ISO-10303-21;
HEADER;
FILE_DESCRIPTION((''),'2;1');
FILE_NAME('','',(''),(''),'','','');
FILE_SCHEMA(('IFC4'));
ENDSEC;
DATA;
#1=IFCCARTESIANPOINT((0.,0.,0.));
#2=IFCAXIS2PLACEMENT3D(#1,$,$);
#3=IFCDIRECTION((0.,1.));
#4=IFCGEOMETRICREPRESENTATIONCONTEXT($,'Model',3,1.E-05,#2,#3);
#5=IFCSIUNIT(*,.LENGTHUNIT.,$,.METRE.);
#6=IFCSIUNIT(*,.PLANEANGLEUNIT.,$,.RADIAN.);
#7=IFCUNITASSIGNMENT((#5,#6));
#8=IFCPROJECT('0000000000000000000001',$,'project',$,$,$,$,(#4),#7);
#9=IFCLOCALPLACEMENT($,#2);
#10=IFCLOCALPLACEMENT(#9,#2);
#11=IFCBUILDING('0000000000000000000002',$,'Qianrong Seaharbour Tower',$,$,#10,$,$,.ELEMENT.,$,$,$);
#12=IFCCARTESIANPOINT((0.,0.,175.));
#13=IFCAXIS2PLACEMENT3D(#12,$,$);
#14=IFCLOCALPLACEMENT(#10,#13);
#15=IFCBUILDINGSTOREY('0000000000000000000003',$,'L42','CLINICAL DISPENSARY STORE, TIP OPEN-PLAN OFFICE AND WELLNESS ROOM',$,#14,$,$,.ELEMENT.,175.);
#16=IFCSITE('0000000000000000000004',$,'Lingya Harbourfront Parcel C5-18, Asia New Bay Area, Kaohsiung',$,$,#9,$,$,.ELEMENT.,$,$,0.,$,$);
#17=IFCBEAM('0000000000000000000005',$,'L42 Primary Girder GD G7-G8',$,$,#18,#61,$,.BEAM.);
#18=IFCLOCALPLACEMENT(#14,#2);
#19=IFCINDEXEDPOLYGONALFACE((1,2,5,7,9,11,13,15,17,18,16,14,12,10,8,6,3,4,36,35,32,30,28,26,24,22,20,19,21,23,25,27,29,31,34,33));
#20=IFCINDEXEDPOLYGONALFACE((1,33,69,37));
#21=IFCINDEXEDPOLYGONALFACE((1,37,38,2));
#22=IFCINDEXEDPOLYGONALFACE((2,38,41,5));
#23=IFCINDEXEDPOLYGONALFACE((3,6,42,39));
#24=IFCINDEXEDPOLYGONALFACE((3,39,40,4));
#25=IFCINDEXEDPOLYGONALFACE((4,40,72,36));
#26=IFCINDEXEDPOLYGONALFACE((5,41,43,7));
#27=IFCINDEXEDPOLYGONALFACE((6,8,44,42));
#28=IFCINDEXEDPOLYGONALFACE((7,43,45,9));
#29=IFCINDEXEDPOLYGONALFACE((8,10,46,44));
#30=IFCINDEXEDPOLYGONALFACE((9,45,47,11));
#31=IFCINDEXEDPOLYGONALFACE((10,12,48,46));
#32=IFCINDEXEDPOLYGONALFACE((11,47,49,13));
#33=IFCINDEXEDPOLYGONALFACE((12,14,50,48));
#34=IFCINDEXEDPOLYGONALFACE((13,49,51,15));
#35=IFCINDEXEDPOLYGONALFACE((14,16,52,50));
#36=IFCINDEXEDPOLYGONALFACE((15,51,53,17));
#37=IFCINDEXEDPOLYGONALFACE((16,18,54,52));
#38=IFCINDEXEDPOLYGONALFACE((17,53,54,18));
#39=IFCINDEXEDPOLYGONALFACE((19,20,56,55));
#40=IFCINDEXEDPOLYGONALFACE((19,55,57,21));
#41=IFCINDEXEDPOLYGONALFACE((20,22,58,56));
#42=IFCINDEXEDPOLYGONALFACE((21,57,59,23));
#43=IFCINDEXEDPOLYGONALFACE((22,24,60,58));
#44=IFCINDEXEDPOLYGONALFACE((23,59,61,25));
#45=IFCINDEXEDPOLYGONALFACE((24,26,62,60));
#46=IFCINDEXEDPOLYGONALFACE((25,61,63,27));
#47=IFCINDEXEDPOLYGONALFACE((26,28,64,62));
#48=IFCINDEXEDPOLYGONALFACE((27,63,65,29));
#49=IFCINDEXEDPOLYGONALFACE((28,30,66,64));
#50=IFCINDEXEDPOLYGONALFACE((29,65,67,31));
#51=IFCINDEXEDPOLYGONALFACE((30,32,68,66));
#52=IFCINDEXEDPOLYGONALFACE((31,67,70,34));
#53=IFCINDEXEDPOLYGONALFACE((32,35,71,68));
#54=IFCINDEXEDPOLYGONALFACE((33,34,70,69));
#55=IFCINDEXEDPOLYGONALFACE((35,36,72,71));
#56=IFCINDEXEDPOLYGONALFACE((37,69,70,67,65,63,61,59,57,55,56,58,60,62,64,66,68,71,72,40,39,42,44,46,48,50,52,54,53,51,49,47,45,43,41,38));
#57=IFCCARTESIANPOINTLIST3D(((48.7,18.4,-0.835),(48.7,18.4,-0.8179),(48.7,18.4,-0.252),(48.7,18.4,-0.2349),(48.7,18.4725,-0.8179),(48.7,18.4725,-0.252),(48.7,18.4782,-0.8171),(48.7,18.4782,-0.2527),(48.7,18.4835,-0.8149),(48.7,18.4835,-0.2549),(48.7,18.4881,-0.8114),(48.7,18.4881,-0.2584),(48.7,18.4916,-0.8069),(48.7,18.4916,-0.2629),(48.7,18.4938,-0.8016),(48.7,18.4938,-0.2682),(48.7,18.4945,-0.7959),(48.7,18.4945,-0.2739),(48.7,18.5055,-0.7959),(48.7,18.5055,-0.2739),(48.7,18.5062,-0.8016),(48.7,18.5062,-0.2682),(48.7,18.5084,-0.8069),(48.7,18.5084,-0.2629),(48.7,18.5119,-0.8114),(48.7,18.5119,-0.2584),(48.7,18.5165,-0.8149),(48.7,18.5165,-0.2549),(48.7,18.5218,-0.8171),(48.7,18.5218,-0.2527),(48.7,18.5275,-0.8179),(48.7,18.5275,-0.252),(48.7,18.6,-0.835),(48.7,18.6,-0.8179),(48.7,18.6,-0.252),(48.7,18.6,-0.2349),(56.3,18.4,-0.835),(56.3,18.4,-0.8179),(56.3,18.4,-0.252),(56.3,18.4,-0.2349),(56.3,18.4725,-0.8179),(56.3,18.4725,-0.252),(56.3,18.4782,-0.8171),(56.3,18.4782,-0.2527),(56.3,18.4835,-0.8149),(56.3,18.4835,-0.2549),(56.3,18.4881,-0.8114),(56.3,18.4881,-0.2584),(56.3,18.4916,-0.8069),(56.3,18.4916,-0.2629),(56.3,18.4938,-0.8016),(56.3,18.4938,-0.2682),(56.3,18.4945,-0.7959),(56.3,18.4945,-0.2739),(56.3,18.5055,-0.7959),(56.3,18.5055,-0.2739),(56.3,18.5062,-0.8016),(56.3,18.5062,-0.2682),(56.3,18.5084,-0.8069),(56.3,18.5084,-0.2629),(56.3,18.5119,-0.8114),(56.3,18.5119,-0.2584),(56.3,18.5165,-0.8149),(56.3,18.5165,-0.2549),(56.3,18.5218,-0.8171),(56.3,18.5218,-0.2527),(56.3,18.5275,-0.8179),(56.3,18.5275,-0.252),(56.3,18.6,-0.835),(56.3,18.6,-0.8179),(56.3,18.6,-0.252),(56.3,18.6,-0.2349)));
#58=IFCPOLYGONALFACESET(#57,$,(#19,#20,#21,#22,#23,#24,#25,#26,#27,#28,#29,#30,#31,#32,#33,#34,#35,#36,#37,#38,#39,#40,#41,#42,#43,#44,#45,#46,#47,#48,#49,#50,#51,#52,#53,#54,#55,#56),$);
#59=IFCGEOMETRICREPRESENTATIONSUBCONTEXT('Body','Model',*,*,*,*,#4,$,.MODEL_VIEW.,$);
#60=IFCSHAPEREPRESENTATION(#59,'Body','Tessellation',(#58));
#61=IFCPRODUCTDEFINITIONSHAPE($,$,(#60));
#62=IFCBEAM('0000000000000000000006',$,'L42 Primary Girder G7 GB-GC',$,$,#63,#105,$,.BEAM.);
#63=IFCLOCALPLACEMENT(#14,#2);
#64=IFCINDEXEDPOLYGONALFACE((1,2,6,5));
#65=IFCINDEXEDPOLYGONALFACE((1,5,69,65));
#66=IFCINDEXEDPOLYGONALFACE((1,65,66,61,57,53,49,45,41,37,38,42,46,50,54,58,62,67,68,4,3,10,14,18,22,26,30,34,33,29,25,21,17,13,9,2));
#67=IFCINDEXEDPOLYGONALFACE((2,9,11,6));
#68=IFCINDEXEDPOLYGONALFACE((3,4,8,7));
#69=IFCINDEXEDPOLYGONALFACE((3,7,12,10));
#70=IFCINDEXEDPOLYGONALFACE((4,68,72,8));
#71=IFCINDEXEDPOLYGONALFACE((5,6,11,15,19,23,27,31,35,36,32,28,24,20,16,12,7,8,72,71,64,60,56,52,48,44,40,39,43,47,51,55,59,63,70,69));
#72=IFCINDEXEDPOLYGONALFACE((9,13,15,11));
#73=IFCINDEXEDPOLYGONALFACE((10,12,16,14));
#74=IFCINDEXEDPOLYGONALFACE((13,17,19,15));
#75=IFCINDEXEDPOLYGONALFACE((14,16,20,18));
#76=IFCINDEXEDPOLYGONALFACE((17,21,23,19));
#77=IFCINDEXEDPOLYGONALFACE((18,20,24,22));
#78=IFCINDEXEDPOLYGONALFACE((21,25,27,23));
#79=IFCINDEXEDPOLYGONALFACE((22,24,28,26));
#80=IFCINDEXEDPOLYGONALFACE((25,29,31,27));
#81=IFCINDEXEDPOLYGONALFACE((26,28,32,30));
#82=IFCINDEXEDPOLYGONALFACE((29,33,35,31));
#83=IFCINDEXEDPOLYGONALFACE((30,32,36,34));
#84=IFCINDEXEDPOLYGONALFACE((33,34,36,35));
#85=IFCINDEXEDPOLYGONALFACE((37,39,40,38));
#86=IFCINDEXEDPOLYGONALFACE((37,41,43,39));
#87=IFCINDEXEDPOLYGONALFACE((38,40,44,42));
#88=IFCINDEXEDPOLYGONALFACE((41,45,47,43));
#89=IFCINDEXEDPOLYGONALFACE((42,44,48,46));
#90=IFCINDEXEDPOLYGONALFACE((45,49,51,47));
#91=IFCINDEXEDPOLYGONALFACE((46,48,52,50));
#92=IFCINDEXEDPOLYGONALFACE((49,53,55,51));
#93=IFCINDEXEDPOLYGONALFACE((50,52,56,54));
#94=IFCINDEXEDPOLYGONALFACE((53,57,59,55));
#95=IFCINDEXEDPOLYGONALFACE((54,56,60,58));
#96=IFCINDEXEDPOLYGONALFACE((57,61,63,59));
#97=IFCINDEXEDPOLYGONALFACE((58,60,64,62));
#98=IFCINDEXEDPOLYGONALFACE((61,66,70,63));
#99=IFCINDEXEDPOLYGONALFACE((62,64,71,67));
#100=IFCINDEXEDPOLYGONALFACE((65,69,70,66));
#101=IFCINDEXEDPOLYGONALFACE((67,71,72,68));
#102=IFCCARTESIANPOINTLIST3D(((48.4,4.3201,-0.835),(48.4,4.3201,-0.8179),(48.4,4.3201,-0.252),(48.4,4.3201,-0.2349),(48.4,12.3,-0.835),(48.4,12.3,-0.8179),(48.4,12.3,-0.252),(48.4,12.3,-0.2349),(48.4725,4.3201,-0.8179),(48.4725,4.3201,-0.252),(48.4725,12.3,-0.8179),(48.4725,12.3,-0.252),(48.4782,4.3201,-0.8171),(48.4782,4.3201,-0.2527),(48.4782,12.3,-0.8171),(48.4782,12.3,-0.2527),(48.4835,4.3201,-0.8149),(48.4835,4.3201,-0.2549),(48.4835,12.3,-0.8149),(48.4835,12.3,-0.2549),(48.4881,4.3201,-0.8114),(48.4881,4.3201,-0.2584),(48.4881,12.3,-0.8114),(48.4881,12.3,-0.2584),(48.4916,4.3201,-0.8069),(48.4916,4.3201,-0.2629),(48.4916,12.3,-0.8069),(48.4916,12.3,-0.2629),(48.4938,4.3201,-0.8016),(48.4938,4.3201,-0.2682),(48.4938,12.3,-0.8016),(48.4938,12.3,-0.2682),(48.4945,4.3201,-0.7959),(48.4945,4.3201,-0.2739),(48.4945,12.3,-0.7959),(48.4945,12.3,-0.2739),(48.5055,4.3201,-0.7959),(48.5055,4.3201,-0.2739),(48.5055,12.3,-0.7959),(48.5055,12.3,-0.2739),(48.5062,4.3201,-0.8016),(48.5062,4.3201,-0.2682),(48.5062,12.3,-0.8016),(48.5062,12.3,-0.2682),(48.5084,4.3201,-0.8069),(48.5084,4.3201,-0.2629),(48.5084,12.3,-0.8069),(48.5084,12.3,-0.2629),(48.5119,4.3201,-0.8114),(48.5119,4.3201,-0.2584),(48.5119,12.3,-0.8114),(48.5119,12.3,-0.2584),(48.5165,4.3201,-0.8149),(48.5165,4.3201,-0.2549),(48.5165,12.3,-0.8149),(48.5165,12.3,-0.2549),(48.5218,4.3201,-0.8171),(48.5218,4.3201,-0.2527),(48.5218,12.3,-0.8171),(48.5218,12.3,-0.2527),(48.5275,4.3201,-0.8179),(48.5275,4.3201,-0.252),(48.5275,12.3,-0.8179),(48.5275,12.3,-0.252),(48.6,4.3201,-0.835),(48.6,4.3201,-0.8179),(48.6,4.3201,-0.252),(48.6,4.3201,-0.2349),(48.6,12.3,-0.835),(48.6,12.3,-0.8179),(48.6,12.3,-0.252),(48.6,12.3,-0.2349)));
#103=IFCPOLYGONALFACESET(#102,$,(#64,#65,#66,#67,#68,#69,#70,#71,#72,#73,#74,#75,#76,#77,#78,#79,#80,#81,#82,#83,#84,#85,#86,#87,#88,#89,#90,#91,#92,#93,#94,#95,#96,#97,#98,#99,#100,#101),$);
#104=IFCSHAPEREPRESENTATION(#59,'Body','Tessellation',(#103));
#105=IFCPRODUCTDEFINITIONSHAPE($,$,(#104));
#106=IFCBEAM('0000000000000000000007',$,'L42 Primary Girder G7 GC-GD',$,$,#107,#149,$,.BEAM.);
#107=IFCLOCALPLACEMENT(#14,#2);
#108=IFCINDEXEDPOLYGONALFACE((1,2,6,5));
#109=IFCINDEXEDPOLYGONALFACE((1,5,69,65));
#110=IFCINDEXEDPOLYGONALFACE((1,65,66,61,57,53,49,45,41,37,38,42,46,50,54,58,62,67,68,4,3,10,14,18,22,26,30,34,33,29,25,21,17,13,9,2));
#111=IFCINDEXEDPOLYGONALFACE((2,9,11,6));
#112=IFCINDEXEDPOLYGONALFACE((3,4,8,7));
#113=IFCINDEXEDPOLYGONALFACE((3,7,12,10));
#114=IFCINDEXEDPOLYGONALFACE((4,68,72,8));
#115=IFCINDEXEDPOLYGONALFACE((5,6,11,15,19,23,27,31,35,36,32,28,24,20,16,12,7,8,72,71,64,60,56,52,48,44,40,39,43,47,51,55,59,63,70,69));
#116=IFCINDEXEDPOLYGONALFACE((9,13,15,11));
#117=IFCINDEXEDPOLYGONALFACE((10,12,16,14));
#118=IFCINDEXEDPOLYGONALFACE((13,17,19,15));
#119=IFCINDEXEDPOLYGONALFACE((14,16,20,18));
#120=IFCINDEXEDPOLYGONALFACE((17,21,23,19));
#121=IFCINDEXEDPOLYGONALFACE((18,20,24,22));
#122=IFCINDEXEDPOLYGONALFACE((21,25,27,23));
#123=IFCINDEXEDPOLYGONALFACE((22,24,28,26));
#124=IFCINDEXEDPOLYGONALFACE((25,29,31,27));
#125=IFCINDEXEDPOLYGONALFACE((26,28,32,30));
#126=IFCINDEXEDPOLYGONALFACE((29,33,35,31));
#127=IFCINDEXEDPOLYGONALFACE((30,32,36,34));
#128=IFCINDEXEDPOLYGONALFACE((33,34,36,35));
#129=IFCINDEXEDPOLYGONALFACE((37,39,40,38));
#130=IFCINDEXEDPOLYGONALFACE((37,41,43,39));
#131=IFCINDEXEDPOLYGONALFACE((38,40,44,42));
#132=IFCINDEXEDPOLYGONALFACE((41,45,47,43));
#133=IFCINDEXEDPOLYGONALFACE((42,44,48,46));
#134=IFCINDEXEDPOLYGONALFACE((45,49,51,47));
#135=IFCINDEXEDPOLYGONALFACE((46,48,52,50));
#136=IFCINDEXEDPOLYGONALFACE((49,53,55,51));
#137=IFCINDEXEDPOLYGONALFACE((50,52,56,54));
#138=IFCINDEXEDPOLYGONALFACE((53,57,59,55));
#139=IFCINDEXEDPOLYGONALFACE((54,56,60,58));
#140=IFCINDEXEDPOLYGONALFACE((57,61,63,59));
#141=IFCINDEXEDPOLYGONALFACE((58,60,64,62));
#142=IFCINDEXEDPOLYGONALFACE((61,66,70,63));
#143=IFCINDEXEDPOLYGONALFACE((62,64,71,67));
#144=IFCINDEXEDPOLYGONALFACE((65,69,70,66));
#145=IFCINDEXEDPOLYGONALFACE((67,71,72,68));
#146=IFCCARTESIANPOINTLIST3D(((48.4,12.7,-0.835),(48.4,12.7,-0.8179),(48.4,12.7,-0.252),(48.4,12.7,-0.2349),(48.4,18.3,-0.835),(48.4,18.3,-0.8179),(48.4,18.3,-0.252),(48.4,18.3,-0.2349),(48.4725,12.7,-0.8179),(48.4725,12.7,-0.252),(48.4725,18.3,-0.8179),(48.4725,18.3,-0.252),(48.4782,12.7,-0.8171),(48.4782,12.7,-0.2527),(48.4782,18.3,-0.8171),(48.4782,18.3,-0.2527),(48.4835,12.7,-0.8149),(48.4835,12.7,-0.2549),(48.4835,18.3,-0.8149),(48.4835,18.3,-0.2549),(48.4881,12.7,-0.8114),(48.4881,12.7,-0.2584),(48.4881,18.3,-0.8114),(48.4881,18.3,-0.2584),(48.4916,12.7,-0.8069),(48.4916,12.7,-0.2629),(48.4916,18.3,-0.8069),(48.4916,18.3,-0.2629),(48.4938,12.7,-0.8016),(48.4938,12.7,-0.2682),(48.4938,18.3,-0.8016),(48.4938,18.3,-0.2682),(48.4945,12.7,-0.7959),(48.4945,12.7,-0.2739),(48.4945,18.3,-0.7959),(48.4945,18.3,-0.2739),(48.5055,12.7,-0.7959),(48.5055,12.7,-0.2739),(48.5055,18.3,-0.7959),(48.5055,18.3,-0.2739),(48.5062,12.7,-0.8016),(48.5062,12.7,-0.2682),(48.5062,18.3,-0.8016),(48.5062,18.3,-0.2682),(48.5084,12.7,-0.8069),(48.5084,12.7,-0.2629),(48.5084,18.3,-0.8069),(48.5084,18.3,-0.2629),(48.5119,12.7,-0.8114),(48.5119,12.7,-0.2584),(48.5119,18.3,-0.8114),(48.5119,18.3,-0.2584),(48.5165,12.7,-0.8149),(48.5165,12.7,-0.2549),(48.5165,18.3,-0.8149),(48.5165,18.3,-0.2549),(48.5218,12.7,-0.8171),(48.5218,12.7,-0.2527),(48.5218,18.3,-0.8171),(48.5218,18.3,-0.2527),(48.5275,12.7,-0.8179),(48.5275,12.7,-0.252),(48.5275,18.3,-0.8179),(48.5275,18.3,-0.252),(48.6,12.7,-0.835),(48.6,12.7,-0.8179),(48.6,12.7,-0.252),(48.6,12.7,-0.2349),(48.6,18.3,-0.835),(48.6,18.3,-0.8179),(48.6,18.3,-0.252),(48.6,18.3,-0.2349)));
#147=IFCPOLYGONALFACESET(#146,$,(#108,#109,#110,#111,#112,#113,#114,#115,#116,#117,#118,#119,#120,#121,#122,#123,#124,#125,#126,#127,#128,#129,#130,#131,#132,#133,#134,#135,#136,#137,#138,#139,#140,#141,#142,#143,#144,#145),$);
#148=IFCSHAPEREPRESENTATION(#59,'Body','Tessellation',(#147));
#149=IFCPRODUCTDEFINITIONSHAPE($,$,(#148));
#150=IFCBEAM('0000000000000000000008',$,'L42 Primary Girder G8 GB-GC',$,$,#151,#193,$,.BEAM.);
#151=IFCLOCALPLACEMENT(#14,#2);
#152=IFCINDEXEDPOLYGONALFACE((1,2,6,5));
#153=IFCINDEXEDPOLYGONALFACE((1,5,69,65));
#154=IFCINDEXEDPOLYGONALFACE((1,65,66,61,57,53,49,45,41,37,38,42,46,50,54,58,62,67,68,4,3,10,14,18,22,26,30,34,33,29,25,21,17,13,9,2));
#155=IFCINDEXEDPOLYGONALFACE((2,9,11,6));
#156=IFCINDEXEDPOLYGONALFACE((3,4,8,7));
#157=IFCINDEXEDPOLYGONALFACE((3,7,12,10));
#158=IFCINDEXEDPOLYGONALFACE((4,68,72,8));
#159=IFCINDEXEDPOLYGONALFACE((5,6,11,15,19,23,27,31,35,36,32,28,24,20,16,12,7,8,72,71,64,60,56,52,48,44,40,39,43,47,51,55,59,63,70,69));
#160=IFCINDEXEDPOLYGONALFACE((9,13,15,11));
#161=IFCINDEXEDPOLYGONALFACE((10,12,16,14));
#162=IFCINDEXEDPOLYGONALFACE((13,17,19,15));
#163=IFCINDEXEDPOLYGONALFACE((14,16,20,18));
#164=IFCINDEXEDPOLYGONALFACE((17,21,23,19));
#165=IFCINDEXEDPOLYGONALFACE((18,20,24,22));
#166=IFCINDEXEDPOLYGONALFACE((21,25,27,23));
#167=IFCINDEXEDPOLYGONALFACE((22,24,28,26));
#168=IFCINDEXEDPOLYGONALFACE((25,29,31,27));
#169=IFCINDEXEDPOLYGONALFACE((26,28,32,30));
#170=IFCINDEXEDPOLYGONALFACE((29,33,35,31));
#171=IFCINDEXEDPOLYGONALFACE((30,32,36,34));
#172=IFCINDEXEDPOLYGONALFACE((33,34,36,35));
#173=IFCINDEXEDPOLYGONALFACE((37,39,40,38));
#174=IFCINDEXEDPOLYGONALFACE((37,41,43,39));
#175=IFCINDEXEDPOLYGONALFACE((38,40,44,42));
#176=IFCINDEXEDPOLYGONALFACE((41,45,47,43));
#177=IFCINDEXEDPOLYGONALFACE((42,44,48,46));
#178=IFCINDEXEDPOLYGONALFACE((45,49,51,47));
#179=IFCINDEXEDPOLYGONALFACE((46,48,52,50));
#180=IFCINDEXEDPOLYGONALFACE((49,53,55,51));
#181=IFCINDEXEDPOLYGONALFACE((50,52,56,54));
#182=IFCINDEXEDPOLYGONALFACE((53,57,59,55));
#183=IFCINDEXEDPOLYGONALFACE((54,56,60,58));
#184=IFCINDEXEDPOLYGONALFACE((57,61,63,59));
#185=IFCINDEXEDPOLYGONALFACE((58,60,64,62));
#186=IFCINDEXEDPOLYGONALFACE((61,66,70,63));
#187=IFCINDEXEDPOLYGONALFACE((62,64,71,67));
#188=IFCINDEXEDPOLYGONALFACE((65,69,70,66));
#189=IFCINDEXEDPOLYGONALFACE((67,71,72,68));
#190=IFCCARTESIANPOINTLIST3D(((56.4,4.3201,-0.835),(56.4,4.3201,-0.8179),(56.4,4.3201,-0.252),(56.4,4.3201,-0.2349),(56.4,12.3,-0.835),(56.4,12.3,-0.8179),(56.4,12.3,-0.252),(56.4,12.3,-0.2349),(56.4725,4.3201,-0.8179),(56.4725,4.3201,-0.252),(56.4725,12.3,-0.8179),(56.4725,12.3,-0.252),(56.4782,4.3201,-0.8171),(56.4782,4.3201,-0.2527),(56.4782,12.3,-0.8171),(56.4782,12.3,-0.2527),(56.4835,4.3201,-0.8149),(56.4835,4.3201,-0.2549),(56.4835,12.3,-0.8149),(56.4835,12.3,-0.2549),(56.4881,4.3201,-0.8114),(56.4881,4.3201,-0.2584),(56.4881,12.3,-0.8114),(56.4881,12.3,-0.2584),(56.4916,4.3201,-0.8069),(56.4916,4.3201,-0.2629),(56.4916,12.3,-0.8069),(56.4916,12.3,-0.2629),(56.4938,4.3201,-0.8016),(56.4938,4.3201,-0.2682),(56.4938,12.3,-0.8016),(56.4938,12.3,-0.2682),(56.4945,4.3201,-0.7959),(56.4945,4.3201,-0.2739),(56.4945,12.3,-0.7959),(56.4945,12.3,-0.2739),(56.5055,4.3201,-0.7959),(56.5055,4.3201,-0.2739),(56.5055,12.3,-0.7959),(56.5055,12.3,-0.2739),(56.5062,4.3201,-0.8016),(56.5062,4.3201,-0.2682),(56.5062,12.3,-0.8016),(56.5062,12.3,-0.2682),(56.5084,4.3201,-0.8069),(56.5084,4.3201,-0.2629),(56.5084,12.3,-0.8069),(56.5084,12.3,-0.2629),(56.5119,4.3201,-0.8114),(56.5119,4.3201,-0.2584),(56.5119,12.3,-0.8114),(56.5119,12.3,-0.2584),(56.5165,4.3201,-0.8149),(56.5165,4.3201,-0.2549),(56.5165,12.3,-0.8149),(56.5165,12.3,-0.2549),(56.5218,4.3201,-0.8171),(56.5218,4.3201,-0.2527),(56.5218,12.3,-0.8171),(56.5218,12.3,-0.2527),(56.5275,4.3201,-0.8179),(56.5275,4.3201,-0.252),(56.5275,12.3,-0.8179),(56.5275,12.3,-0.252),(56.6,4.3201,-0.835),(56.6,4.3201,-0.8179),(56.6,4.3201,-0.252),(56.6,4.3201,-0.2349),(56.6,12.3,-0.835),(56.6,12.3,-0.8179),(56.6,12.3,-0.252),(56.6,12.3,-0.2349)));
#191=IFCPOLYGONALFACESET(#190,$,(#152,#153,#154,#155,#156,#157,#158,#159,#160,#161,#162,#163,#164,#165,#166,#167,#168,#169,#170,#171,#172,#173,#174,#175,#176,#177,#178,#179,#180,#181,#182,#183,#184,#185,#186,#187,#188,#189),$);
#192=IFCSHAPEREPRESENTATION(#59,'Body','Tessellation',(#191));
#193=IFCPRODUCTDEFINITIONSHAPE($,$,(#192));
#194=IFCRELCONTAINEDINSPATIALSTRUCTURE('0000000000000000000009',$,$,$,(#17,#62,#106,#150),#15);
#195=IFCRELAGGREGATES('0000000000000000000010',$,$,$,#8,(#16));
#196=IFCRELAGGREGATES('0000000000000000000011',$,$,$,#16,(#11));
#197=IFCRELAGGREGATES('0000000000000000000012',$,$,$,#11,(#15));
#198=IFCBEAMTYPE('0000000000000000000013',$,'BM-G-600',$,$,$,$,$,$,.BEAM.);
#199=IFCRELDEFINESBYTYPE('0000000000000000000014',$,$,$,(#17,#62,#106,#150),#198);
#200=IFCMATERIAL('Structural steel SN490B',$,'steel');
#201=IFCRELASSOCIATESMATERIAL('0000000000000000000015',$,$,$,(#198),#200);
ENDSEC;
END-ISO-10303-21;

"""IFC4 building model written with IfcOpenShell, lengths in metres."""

from ifc_helpers import new_model, si_unit, direction, frame, origin, origin_2d, place, context, subcontext, project, spatial, i_section, extrude, material, material_profile, profile_set, type_object, element, save


model = new_model("IFC4")

# Units and contexts
model_context = context("Model", 3, precision=1e-05, world=origin(), true_north=direction((0.0, 1.0)))
body_context = subcontext(model_context, "Body", "Model", "MODEL_VIEW")
ifc_project = project(units=[si_unit("LENGTHUNIT", "METRE"), si_unit("PLANEANGLEUNIT", "RADIAN")], contexts=[model_context])

# Site, building, storey
site_placement = place(None, origin())
site = spatial("IfcSite", under=ifc_project, at=site_placement, Name="Lingya Harbourfront Parcel C5-18, Asia New Bay Area, Kaohsiung", CompositionType="ELEMENT", RefElevation=0.0)
building_placement = place(site_placement, origin())
building = spatial("IfcBuilding", under=site, at=building_placement, Name="Qianrong Seaharbour Tower", CompositionType="ELEMENT")
storey_placement = place(building_placement, frame((0.0, 0.0, 175.0)))
storey = spatial("IfcBuildingStorey", under=building, at=storey_placement, Name="L42", Description="CLINICAL DISPENSARY STORE, TIP OPEN-PLAN OFFICE AND WELLNESS ROOM", CompositionType="ELEMENT", Elevation=175.0)

# Shared definitions
ifc_material_1 = material(Name="Structural steel SN490B", Category="steel")

# Beams
ifc_material_profile_1 = material_profile(ifc_material_1, i_section(OverallWidth=0.2, OverallDepth=0.6001, WebThickness=0.011, FlangeThickness=0.0171, FilletRadius=0.022, at=origin_2d()), Name="H600x200x11x17")
ifc_profile_set_1 = profile_set([ifc_material_profile_1], Name="Structural steel SN490B")
beam_type_1 = type_object("IfcBeamType", Name="BM-G-600", PredefinedType="BEAM", material=ifc_profile_set_1)
beam_1_placement = place(storey_placement, frame((48.7, 18.5, -0.5349), z_axis=(1.0, 0.0, 0.0), x_axis=(0.0, 1.0, 0.0)))
element("IfcBeam", 1, at=beam_1_placement, inside=storey, type_object=beam_type_1, Name="L42 Primary Girder GD G7-G8", PredefinedType="BEAM", context=body_context, shape_type="SweptSolid", body=[
    extrude(i_section(OverallWidth=0.2, OverallDepth=0.6001, WebThickness=0.011, FlangeThickness=0.0171, FilletRadius=0.022, at=origin_2d()), origin(), (0.0, 0.0, 1.0), 7.6001),
])
beam_2_placement = place(storey_placement, frame((48.5, 4.3201, -0.5349), z_axis=(0.0, 1.0, 0.0), x_axis=(-1.0, 0.0, 0.0)))
element("IfcBeam", 2, at=beam_2_placement, inside=storey, type_object=beam_type_1, Name="L42 Primary Girder G7 GB-GC", PredefinedType="BEAM", context=body_context, shape_type="SweptSolid", body=[
    extrude(i_section(OverallWidth=0.2, OverallDepth=0.6001, WebThickness=0.011, FlangeThickness=0.0171, FilletRadius=0.022, at=origin_2d()), origin(), (0.0, 0.0, 1.0), 7.98),
])
beam_3_placement = place(storey_placement, frame((48.5, 12.7, -0.5349), z_axis=(0.0, 1.0, 0.0), x_axis=(-1.0, 0.0, 0.0)))
element("IfcBeam", 3, at=beam_3_placement, inside=storey, type_object=beam_type_1, Name="L42 Primary Girder G7 GC-GD", PredefinedType="BEAM", context=body_context, shape_type="SweptSolid", body=[
    extrude(i_section(OverallWidth=0.2, OverallDepth=0.6001, WebThickness=0.011, FlangeThickness=0.0171, FilletRadius=0.022, at=origin_2d()), origin(), (0.0, 0.0, 1.0), 5.6001),
])
beam_4_placement = place(storey_placement, frame((56.5, 4.3201, -0.5349), z_axis=(0.0, 1.0, 0.0), x_axis=(-1.0, 0.0, 0.0)))
element("IfcBeam", 4, at=beam_4_placement, inside=storey, type_object=beam_type_1, Name="L42 Primary Girder G8 GB-GC", PredefinedType="BEAM", context=body_context, shape_type="SweptSolid", body=[
    extrude(i_section(OverallWidth=0.2, OverallDepth=0.6001, WebThickness=0.011, FlangeThickness=0.0171, FilletRadius=0.022, at=origin_2d()), origin(), (0.0, 0.0, 1.0), 7.98),
])

save(model, "model.ifc")
